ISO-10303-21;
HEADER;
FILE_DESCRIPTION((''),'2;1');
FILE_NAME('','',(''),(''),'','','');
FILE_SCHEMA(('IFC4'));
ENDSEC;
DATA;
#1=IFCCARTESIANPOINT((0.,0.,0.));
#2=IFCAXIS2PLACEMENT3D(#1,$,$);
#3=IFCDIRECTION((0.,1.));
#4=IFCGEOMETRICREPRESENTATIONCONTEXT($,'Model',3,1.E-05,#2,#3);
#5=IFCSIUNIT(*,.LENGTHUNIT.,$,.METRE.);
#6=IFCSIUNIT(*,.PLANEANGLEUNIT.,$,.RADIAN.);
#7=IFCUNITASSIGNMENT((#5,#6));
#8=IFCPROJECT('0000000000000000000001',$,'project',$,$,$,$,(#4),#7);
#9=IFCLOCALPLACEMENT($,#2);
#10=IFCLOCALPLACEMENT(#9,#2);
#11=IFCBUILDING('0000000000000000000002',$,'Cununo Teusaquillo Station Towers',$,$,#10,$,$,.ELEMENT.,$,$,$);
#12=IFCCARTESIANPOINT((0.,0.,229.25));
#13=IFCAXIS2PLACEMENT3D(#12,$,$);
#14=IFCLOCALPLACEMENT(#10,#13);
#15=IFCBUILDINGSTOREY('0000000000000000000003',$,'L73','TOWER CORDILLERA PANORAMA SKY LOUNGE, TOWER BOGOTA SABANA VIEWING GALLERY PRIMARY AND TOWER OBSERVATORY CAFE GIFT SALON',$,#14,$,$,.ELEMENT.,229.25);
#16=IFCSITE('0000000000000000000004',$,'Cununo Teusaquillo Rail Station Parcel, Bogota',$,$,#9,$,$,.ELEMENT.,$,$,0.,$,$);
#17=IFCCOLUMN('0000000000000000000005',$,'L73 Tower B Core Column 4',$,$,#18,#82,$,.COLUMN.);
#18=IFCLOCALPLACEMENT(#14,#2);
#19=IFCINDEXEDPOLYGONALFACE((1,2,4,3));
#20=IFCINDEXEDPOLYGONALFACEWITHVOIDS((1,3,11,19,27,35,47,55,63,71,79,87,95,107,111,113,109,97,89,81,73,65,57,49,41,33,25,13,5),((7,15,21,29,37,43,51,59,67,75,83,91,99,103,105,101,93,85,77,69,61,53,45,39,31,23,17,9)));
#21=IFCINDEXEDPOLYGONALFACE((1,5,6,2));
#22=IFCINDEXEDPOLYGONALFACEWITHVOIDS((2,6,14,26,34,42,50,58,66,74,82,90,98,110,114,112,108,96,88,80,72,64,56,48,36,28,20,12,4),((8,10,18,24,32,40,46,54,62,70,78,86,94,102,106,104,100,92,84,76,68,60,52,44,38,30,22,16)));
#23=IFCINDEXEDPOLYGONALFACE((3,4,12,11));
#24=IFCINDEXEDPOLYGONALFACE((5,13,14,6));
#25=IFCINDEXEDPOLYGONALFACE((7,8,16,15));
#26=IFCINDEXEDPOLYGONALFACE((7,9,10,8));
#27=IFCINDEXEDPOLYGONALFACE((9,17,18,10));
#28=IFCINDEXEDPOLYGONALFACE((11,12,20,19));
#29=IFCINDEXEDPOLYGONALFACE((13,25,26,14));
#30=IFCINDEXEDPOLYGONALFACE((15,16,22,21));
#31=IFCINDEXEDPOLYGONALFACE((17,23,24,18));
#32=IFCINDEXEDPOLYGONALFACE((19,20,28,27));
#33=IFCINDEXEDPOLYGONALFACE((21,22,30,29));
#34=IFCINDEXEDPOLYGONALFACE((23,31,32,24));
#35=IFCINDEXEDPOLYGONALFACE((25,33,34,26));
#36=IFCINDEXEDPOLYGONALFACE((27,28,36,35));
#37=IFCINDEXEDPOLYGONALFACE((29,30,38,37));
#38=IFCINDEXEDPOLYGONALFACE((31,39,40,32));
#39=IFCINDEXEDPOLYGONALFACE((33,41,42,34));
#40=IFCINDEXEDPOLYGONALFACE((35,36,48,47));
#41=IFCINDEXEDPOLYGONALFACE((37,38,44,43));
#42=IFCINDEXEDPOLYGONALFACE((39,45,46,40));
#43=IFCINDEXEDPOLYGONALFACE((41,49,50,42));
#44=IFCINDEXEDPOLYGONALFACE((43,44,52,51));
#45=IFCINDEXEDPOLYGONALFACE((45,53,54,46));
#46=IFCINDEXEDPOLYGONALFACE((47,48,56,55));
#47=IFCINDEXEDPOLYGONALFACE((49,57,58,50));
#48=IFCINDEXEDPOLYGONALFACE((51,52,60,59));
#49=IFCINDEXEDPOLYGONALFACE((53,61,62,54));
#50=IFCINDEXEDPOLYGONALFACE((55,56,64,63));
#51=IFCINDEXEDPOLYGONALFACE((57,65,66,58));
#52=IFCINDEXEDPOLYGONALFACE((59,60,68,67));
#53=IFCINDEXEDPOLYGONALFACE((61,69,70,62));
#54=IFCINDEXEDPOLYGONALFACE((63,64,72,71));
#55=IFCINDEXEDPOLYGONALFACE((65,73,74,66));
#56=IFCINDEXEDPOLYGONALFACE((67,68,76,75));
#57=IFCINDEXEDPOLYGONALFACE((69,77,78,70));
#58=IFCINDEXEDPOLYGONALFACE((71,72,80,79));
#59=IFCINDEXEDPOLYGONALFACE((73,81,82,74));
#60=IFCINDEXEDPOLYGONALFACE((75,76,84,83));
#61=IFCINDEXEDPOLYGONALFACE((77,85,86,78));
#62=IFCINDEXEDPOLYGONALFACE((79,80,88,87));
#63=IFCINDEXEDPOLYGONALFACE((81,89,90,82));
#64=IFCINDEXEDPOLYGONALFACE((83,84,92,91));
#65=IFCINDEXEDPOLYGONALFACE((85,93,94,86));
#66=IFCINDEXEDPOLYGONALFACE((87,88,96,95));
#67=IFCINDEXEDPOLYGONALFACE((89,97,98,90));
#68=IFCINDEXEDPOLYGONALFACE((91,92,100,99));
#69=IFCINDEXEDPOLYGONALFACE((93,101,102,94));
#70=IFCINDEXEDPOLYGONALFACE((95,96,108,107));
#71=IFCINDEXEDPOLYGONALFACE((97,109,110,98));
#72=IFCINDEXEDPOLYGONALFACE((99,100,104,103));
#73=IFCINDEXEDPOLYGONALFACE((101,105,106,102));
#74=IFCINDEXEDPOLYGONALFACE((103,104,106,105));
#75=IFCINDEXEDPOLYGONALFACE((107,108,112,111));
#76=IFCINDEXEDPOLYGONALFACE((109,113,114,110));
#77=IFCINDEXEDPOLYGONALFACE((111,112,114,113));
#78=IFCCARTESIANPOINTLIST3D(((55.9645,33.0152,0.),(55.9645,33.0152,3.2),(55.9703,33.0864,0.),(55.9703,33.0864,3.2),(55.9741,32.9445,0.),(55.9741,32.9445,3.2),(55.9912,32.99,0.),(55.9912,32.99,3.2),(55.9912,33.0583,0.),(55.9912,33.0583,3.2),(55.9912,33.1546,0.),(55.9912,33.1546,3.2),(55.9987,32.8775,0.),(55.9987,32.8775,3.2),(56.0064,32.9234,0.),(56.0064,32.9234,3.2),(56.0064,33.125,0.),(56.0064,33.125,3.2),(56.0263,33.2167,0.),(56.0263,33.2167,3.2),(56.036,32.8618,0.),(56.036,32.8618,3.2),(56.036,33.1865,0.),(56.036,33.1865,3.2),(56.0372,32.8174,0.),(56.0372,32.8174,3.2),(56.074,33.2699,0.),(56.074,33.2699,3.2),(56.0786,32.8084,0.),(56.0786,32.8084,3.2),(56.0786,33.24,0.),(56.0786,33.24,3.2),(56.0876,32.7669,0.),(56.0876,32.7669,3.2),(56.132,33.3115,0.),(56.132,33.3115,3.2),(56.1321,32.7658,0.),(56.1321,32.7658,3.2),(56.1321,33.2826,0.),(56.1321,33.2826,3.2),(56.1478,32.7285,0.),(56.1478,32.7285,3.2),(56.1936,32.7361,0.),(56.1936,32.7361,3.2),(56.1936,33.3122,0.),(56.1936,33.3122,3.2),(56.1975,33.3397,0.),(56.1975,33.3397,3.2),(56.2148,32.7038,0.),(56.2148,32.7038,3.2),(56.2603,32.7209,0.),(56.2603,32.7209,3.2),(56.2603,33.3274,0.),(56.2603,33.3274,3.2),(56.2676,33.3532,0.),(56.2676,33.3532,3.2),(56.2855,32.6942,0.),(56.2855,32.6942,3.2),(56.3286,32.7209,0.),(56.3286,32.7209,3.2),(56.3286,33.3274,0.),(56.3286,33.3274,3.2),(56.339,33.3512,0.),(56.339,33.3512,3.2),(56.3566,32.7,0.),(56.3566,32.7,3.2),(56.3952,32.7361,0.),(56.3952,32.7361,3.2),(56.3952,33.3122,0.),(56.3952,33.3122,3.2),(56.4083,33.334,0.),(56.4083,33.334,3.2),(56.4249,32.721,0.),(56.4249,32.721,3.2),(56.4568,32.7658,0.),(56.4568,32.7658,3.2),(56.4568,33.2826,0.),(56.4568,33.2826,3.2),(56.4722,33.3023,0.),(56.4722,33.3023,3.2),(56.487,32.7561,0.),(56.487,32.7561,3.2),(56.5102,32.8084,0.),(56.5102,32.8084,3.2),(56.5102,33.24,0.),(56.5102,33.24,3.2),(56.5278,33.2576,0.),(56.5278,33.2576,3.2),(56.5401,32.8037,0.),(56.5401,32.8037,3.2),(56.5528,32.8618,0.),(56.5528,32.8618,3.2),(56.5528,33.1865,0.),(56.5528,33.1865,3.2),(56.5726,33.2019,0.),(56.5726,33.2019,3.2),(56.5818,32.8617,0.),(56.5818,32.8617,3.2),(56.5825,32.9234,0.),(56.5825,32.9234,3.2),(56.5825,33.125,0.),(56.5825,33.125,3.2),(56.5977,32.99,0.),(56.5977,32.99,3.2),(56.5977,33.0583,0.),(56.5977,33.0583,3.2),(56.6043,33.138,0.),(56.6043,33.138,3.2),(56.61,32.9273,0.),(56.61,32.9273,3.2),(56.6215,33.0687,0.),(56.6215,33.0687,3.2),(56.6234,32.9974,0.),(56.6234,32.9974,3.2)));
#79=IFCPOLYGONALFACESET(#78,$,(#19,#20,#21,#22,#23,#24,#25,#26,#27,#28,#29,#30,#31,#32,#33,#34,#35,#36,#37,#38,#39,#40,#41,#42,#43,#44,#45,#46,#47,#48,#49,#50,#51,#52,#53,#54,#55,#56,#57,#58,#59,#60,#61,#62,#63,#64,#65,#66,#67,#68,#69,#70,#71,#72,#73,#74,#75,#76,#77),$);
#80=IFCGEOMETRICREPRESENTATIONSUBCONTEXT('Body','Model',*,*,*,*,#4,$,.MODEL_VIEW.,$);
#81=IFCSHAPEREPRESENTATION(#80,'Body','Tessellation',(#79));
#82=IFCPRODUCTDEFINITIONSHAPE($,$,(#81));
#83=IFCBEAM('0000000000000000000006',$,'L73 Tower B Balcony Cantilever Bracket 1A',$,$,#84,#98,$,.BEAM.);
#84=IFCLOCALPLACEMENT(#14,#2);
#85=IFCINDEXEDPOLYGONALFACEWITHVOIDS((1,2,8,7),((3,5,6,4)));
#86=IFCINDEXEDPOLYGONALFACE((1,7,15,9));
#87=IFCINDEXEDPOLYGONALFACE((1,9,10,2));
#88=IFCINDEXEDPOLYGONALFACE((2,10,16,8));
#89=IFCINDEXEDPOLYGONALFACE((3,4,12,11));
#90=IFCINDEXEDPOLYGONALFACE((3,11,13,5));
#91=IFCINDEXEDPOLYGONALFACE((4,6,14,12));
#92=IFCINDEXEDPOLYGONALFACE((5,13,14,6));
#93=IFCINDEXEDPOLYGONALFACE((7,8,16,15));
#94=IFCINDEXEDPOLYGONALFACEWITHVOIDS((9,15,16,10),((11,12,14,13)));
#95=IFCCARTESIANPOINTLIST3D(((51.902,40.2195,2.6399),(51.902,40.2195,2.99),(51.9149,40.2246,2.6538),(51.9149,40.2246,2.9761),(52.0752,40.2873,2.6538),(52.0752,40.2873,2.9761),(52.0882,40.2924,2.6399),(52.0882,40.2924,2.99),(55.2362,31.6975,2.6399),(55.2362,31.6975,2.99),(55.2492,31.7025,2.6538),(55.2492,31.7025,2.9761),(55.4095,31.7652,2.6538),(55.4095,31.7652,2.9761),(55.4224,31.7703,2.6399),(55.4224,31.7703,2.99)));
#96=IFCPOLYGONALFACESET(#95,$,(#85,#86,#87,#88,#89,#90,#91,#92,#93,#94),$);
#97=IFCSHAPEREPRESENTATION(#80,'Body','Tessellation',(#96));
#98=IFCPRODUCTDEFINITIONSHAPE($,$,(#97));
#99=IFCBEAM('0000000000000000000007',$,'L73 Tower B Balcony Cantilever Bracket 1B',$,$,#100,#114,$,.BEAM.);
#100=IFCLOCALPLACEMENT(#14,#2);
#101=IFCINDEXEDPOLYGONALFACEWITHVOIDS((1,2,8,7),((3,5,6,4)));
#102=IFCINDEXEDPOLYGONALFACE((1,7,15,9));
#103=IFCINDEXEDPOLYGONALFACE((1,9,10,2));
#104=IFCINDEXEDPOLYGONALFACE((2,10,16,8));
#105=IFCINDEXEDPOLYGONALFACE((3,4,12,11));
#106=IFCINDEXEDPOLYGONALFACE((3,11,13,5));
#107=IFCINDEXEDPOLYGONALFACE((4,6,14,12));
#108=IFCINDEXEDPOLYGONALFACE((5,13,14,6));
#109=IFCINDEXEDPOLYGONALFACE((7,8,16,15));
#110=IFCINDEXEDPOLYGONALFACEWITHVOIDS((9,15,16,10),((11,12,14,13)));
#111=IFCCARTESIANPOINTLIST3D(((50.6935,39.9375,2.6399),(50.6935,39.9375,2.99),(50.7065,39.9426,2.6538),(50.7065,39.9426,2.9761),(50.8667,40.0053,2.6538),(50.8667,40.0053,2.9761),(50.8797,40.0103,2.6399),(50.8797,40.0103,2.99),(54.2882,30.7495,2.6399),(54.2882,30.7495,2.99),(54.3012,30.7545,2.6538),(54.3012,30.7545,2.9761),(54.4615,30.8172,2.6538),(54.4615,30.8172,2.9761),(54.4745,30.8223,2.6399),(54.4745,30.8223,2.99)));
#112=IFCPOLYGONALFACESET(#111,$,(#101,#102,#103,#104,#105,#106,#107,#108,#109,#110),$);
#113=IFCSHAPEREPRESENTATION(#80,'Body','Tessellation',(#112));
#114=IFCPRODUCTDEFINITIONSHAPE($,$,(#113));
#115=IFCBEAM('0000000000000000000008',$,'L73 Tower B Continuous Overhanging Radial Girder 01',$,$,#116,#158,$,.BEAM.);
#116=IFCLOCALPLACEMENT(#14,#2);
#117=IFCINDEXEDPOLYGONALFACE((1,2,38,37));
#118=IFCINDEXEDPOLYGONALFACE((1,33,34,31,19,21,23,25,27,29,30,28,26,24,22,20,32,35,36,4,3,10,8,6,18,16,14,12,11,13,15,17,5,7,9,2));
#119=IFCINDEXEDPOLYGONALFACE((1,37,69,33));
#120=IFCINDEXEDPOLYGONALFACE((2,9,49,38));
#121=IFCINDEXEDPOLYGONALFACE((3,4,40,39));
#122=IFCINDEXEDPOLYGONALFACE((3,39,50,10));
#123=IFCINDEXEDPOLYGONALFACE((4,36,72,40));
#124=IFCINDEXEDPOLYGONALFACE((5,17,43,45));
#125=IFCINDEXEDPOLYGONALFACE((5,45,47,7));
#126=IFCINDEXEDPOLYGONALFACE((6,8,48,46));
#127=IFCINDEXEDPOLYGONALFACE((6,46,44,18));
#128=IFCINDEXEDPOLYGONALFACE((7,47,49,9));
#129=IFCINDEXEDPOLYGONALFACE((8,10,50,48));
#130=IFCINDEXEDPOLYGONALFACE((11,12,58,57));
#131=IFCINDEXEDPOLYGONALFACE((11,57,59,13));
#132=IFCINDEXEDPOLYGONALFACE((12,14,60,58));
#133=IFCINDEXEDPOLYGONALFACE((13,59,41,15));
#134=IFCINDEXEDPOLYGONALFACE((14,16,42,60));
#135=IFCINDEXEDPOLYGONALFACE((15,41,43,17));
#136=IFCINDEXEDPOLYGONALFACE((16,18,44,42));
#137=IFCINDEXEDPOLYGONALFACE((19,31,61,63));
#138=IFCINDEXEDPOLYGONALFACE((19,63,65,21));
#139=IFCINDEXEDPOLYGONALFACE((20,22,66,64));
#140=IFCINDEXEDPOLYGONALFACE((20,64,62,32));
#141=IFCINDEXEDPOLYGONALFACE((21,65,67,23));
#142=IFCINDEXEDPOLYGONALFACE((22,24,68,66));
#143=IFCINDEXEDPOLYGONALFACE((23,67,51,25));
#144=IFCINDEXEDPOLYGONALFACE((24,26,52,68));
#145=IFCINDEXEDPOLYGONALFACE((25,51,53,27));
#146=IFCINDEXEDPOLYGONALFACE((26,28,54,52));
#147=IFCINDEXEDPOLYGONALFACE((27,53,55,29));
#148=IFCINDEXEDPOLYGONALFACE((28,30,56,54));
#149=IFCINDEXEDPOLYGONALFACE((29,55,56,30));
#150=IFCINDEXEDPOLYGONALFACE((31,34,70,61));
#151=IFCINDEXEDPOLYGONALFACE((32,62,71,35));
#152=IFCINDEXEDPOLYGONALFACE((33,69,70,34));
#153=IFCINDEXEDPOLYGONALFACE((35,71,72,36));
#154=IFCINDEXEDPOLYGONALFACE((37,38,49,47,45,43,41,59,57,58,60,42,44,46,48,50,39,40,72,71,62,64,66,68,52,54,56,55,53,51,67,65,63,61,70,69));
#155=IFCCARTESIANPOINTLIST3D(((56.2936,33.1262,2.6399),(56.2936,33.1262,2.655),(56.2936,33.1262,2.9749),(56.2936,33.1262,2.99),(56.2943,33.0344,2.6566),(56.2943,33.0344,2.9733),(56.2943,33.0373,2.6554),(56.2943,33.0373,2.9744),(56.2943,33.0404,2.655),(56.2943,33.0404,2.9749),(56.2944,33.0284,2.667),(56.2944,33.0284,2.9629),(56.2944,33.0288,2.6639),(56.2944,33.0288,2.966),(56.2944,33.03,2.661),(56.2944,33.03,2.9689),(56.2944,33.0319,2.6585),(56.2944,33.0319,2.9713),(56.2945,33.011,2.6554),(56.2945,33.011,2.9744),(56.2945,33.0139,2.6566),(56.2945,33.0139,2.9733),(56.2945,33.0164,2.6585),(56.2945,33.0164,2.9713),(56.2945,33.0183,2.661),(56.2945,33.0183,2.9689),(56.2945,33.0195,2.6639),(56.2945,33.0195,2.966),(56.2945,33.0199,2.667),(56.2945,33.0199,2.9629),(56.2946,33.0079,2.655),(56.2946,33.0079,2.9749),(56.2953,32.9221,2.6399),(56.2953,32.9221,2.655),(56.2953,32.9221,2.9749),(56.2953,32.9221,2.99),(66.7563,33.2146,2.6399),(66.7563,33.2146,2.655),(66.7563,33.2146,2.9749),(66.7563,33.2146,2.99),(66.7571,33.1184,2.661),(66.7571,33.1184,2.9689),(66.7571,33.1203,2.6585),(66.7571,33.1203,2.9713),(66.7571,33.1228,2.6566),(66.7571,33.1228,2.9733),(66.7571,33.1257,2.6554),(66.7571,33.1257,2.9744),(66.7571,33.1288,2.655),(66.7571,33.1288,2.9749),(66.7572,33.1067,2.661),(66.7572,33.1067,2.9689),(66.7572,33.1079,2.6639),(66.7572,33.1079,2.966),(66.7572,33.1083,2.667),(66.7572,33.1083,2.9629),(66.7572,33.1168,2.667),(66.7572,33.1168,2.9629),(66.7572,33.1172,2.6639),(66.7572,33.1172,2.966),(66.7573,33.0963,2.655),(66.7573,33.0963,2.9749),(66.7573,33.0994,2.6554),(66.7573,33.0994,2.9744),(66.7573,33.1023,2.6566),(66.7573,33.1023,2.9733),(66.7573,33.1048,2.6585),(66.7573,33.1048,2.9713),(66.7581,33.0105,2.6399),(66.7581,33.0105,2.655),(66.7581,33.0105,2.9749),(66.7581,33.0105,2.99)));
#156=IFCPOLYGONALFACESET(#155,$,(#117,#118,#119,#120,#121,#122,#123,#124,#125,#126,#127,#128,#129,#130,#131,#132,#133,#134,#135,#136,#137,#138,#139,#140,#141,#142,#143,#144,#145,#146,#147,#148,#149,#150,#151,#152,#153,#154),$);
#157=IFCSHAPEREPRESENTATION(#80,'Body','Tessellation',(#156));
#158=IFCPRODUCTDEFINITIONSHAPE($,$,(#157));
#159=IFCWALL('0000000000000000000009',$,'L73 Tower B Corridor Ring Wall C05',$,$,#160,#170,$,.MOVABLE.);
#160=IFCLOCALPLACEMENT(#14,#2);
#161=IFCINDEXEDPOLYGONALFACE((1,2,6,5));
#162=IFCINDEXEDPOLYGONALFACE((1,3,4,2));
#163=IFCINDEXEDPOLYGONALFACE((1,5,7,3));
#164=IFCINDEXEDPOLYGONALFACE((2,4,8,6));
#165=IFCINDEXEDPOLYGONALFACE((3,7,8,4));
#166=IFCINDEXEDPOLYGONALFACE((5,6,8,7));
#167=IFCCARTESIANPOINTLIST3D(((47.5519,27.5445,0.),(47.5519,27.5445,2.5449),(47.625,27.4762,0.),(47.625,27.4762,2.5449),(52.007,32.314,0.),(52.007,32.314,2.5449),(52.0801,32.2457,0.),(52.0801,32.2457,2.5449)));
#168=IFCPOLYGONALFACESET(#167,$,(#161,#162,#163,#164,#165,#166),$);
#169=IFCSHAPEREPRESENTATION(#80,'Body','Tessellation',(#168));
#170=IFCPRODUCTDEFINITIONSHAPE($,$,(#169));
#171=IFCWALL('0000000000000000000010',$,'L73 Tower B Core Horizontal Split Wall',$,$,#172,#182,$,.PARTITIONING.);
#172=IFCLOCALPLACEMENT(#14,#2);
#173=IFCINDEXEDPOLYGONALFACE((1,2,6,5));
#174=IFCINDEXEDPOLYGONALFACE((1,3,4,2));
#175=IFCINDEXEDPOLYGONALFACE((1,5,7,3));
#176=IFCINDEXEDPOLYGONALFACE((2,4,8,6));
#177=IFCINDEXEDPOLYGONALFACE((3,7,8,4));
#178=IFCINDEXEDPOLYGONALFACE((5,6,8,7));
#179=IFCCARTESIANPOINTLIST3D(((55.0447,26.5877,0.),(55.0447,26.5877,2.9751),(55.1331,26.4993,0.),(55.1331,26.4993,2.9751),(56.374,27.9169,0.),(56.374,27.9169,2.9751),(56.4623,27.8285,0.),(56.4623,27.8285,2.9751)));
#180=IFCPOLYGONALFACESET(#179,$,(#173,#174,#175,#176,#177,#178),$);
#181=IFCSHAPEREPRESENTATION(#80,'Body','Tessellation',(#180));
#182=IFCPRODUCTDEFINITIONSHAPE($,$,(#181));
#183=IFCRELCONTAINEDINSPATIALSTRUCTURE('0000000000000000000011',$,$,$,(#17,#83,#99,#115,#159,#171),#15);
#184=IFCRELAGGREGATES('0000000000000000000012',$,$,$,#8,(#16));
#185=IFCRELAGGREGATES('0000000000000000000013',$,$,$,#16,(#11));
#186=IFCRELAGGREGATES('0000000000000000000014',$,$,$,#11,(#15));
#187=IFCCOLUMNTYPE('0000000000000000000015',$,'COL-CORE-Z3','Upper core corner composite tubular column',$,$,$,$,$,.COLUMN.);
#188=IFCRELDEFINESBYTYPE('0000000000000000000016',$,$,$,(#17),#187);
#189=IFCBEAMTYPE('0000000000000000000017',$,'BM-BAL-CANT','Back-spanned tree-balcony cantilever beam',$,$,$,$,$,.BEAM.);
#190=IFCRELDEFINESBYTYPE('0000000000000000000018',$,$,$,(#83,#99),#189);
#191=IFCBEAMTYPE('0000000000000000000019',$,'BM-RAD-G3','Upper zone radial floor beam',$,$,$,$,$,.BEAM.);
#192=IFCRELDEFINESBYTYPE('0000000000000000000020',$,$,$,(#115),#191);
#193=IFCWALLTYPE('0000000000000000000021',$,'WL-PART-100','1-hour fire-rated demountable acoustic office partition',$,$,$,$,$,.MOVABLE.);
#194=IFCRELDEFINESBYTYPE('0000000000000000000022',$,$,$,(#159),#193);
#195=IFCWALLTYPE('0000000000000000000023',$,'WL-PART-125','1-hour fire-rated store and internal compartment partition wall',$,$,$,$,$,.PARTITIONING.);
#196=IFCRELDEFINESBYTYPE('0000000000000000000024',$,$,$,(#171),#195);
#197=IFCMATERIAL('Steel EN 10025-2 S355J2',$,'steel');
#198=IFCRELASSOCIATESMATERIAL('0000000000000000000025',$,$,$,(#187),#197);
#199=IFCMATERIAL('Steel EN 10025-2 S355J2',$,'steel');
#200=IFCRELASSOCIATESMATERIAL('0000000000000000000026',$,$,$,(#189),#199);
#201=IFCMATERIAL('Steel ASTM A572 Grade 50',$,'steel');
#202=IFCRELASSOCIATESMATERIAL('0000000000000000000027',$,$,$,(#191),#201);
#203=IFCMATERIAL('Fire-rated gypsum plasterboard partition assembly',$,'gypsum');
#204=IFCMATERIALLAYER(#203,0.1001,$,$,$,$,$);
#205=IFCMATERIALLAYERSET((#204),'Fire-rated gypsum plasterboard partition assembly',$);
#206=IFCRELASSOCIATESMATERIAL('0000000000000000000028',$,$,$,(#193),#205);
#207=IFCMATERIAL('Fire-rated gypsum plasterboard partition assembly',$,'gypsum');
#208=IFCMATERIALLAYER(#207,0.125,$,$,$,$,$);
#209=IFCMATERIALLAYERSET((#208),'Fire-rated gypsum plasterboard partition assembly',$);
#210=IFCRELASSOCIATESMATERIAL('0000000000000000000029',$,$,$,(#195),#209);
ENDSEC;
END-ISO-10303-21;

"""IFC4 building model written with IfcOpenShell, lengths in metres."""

from ifc_helpers import new_model, si_unit, direction, frame, frame_2d, origin, origin_2d, place, context, subcontext, project, spatial, rectangle, hollow_rectangle, hollow_circle, i_section, extrude, material, layer, layer_set, material_profile, profile_set, type_object, element, save


model = new_model("IFC4")

# Units and contexts
model_context = context("Model", 3, precision=1e-05, world=origin(), true_north=direction((0.0, 1.0)))
body_context = subcontext(model_context, "Body", "Model", "MODEL_VIEW")
ifc_project = project(units=[si_unit("LENGTHUNIT", "METRE"), si_unit("PLANEANGLEUNIT", "RADIAN")], contexts=[model_context])

# Site, building, storey
site_placement = place(None, origin())
site = spatial("IfcSite", under=ifc_project, at=site_placement, Name="Cununo Teusaquillo Rail Station Parcel, Bogota", CompositionType="ELEMENT", RefElevation=0.0)
building_placement = place(site_placement, origin())
building = spatial("IfcBuilding", under=site, at=building_placement, Name="Cununo Teusaquillo Station Towers", CompositionType="ELEMENT")
storey_placement = place(building_placement, frame((0.0, 0.0, 229.25)))
storey = spatial("IfcBuildingStorey", under=building, at=storey_placement, Name="L73", Description="TOWER CORDILLERA PANORAMA SKY LOUNGE, TOWER BOGOTA SABANA VIEWING GALLERY PRIMARY AND TOWER OBSERVATORY CAFE GIFT SALON", CompositionType="ELEMENT", Elevation=229.25)

# Column
ifc_material_1 = material(Name="Steel EN 10025-2 S355J2", Category="steel")
ifc_material_profile_1 = material_profile(ifc_material_1, hollow_circle(Radius=0.3301, WallThickness=0.0249, at=origin_2d()), Name="CHS 660x25")
ifc_profile_set_1 = profile_set([ifc_material_profile_1], Name="Steel EN 10025-2 S355J2")
column_type = type_object("IfcColumnType", Name="COL-CORE-Z3", Description="Upper core corner composite tubular column", PredefinedType="COLUMN", material=ifc_profile_set_1)
column_placement = place(storey_placement, frame((56.2944, 33.0242, 0.0), z_axis=(0.0, 0.0, 1.0), x_axis=(0.707107, 0.707107, 0.0)))
element("IfcColumn", 1, at=column_placement, inside=storey, type_object=column_type, Name="L73 Tower B Core Column 4", PredefinedType="COLUMN", context=body_context, shape_type="SweptSolid", body=[
    extrude(hollow_circle(Radius=0.3301, WallThickness=0.0249, at=origin_2d()), origin(), (0.0, 0.0, 1.0), 3.2),
])

# Beams
ifc_material_2 = material(Name="Steel EN 10025-2 S355J2", Category="steel")
ifc_material_profile_2 = material_profile(ifc_material_2, hollow_rectangle(XDim=0.2, YDim=0.3501, WallThickness=0.0139, at=origin_2d()), Name="RHS 350x200x14")
ifc_profile_set_2 = profile_set([ifc_material_profile_2], Name="Steel EN 10025-2 S355J2")
beam_type_1 = type_object("IfcBeamType", Name="BM-BAL-CANT", Description="Back-spanned tree-balcony cantilever beam", PredefinedType="BEAM", material=ifc_profile_set_2)
beam_1_placement = place(storey_placement, frame((55.3293, 31.7339, 2.8149), z_axis=(-0.364356, 0.93126, 0.0), x_axis=(-0.93126, -0.364356, 0.0)))
element("IfcBeam", 2, at=beam_1_placement, inside=storey, type_object=beam_type_1, Name="L73 Tower B Balcony Cantilever Bracket 1A", PredefinedType="BEAM", context=body_context, shape_type="SweptSolid", body=[
    extrude(hollow_rectangle(XDim=0.2, YDim=0.3501, WallThickness=0.0139, at=origin_2d()), origin(), (0.0, 0.0, 1.0), 9.1511),
])
beam_2_placement = place(storey_placement, frame((54.3813, 30.7859, 2.8149), z_axis=(-0.364349, 0.931262, 0.0), x_axis=(-0.931262, -0.364349, 0.0)))
element("IfcBeam", 3, at=beam_2_placement, inside=storey, type_object=beam_type_1, Name="L73 Tower B Balcony Cantilever Bracket 1B", PredefinedType="BEAM", context=body_context, shape_type="SweptSolid", body=[
    extrude(hollow_rectangle(XDim=0.2, YDim=0.3501, WallThickness=0.0139, at=origin_2d()), origin(), (0.0, 0.0, 1.0), 9.8662),
])
ifc_material_3 = material(Name="Steel ASTM A572 Grade 50", Category="steel")
ifc_material_profile_3 = material_profile(ifc_material_3, i_section(OverallWidth=0.2041, OverallDepth=0.3501, WebThickness=0.0085, FlangeThickness=0.0151, FilletRadius=0.012, at=origin_2d()), Name="W14X48")
ifc_profile_set_3 = profile_set([ifc_material_profile_3], Name="Steel ASTM A572 Grade 50")
beam_type_2 = type_object("IfcBeamType", Name="BM-RAD-G3", Description="Upper zone radial floor beam", PredefinedType="BEAM", material=ifc_profile_set_3)
beam_3_placement = place(storey_placement, frame((56.2944, 33.0242, 2.8149), z_axis=(0.999964, 0.008447, 0.0), x_axis=(-0.008447, 0.999964, 0.0)))
element("IfcBeam", 4, at=beam_3_placement, inside=storey, type_object=beam_type_2, Name="L73 Tower B Continuous Overhanging Radial Girder 01", PredefinedType="BEAM", context=body_context, shape_type="SweptSolid", body=[
    extrude(i_section(OverallWidth=0.2041, OverallDepth=0.3501, WebThickness=0.0085, FlangeThickness=0.0151, FilletRadius=0.012, at=origin_2d()), origin(), (0.0, 0.0, 1.0), 10.4631),
])

# Walls
ifc_material_4 = material(Name="Fire-rated gypsum plasterboard partition assembly", Category="gypsum")
ifc_layer_1 = layer(ifc_material_4, 0.1001)
ifc_layer_set_1 = layer_set([ifc_layer_1], Name="Fire-rated gypsum plasterboard partition assembly")
wall_type_1 = type_object("IfcWallType", Name="WL-PART-100", Description="1-hour fire-rated demountable acoustic office partition", PredefinedType="MOVABLE", material=ifc_layer_set_1)
wall_1_placement = place(storey_placement, frame((52.0435, 32.2798, 0.0), z_axis=(0.0, 0.0, 1.0), x_axis=(-0.682606, -0.730787, 0.0)))
element("IfcWall", 5, at=wall_1_placement, inside=storey, type_object=wall_type_1, Name="L73 Tower B Corridor Ring Wall C05", PredefinedType="MOVABLE", context=body_context, shape_type="SweptSolid", body=[
    extrude(rectangle(XDim=6.5266, YDim=0.1001, at=frame_2d((3.2632, 0.0))), origin(), (0.0, 0.0, 1.0), 2.5449),
])
ifc_material_5 = material(Name="Fire-rated gypsum plasterboard partition assembly", Category="gypsum")
ifc_layer_2 = layer(ifc_material_5, 0.125)
ifc_layer_set_2 = layer_set([ifc_layer_2], Name="Fire-rated gypsum plasterboard partition assembly")
wall_type_2 = type_object("IfcWallType", Name="WL-PART-125", Description="1-hour fire-rated store and internal compartment partition wall", PredefinedType="PARTITIONING", material=ifc_layer_set_2)
wall_2_placement = place(storey_placement, frame((55.0889, 26.5435, 0.0), z_axis=(0.0, 0.0, 1.0), x_axis=(0.707107, 0.707107, 0.0)))
element("IfcWall", 6, at=wall_2_placement, inside=storey, type_object=wall_type_2, Name="L73 Tower B Core Horizontal Split Wall", PredefinedType="PARTITIONING", context=body_context, shape_type="SweptSolid", body=[
    extrude(rectangle(XDim=1.8799, YDim=0.125, at=frame_2d((0.9399, 0.0))), origin(), (0.0, 0.0, 1.0), 2.9751),
])

save(model, "model.ifc")
